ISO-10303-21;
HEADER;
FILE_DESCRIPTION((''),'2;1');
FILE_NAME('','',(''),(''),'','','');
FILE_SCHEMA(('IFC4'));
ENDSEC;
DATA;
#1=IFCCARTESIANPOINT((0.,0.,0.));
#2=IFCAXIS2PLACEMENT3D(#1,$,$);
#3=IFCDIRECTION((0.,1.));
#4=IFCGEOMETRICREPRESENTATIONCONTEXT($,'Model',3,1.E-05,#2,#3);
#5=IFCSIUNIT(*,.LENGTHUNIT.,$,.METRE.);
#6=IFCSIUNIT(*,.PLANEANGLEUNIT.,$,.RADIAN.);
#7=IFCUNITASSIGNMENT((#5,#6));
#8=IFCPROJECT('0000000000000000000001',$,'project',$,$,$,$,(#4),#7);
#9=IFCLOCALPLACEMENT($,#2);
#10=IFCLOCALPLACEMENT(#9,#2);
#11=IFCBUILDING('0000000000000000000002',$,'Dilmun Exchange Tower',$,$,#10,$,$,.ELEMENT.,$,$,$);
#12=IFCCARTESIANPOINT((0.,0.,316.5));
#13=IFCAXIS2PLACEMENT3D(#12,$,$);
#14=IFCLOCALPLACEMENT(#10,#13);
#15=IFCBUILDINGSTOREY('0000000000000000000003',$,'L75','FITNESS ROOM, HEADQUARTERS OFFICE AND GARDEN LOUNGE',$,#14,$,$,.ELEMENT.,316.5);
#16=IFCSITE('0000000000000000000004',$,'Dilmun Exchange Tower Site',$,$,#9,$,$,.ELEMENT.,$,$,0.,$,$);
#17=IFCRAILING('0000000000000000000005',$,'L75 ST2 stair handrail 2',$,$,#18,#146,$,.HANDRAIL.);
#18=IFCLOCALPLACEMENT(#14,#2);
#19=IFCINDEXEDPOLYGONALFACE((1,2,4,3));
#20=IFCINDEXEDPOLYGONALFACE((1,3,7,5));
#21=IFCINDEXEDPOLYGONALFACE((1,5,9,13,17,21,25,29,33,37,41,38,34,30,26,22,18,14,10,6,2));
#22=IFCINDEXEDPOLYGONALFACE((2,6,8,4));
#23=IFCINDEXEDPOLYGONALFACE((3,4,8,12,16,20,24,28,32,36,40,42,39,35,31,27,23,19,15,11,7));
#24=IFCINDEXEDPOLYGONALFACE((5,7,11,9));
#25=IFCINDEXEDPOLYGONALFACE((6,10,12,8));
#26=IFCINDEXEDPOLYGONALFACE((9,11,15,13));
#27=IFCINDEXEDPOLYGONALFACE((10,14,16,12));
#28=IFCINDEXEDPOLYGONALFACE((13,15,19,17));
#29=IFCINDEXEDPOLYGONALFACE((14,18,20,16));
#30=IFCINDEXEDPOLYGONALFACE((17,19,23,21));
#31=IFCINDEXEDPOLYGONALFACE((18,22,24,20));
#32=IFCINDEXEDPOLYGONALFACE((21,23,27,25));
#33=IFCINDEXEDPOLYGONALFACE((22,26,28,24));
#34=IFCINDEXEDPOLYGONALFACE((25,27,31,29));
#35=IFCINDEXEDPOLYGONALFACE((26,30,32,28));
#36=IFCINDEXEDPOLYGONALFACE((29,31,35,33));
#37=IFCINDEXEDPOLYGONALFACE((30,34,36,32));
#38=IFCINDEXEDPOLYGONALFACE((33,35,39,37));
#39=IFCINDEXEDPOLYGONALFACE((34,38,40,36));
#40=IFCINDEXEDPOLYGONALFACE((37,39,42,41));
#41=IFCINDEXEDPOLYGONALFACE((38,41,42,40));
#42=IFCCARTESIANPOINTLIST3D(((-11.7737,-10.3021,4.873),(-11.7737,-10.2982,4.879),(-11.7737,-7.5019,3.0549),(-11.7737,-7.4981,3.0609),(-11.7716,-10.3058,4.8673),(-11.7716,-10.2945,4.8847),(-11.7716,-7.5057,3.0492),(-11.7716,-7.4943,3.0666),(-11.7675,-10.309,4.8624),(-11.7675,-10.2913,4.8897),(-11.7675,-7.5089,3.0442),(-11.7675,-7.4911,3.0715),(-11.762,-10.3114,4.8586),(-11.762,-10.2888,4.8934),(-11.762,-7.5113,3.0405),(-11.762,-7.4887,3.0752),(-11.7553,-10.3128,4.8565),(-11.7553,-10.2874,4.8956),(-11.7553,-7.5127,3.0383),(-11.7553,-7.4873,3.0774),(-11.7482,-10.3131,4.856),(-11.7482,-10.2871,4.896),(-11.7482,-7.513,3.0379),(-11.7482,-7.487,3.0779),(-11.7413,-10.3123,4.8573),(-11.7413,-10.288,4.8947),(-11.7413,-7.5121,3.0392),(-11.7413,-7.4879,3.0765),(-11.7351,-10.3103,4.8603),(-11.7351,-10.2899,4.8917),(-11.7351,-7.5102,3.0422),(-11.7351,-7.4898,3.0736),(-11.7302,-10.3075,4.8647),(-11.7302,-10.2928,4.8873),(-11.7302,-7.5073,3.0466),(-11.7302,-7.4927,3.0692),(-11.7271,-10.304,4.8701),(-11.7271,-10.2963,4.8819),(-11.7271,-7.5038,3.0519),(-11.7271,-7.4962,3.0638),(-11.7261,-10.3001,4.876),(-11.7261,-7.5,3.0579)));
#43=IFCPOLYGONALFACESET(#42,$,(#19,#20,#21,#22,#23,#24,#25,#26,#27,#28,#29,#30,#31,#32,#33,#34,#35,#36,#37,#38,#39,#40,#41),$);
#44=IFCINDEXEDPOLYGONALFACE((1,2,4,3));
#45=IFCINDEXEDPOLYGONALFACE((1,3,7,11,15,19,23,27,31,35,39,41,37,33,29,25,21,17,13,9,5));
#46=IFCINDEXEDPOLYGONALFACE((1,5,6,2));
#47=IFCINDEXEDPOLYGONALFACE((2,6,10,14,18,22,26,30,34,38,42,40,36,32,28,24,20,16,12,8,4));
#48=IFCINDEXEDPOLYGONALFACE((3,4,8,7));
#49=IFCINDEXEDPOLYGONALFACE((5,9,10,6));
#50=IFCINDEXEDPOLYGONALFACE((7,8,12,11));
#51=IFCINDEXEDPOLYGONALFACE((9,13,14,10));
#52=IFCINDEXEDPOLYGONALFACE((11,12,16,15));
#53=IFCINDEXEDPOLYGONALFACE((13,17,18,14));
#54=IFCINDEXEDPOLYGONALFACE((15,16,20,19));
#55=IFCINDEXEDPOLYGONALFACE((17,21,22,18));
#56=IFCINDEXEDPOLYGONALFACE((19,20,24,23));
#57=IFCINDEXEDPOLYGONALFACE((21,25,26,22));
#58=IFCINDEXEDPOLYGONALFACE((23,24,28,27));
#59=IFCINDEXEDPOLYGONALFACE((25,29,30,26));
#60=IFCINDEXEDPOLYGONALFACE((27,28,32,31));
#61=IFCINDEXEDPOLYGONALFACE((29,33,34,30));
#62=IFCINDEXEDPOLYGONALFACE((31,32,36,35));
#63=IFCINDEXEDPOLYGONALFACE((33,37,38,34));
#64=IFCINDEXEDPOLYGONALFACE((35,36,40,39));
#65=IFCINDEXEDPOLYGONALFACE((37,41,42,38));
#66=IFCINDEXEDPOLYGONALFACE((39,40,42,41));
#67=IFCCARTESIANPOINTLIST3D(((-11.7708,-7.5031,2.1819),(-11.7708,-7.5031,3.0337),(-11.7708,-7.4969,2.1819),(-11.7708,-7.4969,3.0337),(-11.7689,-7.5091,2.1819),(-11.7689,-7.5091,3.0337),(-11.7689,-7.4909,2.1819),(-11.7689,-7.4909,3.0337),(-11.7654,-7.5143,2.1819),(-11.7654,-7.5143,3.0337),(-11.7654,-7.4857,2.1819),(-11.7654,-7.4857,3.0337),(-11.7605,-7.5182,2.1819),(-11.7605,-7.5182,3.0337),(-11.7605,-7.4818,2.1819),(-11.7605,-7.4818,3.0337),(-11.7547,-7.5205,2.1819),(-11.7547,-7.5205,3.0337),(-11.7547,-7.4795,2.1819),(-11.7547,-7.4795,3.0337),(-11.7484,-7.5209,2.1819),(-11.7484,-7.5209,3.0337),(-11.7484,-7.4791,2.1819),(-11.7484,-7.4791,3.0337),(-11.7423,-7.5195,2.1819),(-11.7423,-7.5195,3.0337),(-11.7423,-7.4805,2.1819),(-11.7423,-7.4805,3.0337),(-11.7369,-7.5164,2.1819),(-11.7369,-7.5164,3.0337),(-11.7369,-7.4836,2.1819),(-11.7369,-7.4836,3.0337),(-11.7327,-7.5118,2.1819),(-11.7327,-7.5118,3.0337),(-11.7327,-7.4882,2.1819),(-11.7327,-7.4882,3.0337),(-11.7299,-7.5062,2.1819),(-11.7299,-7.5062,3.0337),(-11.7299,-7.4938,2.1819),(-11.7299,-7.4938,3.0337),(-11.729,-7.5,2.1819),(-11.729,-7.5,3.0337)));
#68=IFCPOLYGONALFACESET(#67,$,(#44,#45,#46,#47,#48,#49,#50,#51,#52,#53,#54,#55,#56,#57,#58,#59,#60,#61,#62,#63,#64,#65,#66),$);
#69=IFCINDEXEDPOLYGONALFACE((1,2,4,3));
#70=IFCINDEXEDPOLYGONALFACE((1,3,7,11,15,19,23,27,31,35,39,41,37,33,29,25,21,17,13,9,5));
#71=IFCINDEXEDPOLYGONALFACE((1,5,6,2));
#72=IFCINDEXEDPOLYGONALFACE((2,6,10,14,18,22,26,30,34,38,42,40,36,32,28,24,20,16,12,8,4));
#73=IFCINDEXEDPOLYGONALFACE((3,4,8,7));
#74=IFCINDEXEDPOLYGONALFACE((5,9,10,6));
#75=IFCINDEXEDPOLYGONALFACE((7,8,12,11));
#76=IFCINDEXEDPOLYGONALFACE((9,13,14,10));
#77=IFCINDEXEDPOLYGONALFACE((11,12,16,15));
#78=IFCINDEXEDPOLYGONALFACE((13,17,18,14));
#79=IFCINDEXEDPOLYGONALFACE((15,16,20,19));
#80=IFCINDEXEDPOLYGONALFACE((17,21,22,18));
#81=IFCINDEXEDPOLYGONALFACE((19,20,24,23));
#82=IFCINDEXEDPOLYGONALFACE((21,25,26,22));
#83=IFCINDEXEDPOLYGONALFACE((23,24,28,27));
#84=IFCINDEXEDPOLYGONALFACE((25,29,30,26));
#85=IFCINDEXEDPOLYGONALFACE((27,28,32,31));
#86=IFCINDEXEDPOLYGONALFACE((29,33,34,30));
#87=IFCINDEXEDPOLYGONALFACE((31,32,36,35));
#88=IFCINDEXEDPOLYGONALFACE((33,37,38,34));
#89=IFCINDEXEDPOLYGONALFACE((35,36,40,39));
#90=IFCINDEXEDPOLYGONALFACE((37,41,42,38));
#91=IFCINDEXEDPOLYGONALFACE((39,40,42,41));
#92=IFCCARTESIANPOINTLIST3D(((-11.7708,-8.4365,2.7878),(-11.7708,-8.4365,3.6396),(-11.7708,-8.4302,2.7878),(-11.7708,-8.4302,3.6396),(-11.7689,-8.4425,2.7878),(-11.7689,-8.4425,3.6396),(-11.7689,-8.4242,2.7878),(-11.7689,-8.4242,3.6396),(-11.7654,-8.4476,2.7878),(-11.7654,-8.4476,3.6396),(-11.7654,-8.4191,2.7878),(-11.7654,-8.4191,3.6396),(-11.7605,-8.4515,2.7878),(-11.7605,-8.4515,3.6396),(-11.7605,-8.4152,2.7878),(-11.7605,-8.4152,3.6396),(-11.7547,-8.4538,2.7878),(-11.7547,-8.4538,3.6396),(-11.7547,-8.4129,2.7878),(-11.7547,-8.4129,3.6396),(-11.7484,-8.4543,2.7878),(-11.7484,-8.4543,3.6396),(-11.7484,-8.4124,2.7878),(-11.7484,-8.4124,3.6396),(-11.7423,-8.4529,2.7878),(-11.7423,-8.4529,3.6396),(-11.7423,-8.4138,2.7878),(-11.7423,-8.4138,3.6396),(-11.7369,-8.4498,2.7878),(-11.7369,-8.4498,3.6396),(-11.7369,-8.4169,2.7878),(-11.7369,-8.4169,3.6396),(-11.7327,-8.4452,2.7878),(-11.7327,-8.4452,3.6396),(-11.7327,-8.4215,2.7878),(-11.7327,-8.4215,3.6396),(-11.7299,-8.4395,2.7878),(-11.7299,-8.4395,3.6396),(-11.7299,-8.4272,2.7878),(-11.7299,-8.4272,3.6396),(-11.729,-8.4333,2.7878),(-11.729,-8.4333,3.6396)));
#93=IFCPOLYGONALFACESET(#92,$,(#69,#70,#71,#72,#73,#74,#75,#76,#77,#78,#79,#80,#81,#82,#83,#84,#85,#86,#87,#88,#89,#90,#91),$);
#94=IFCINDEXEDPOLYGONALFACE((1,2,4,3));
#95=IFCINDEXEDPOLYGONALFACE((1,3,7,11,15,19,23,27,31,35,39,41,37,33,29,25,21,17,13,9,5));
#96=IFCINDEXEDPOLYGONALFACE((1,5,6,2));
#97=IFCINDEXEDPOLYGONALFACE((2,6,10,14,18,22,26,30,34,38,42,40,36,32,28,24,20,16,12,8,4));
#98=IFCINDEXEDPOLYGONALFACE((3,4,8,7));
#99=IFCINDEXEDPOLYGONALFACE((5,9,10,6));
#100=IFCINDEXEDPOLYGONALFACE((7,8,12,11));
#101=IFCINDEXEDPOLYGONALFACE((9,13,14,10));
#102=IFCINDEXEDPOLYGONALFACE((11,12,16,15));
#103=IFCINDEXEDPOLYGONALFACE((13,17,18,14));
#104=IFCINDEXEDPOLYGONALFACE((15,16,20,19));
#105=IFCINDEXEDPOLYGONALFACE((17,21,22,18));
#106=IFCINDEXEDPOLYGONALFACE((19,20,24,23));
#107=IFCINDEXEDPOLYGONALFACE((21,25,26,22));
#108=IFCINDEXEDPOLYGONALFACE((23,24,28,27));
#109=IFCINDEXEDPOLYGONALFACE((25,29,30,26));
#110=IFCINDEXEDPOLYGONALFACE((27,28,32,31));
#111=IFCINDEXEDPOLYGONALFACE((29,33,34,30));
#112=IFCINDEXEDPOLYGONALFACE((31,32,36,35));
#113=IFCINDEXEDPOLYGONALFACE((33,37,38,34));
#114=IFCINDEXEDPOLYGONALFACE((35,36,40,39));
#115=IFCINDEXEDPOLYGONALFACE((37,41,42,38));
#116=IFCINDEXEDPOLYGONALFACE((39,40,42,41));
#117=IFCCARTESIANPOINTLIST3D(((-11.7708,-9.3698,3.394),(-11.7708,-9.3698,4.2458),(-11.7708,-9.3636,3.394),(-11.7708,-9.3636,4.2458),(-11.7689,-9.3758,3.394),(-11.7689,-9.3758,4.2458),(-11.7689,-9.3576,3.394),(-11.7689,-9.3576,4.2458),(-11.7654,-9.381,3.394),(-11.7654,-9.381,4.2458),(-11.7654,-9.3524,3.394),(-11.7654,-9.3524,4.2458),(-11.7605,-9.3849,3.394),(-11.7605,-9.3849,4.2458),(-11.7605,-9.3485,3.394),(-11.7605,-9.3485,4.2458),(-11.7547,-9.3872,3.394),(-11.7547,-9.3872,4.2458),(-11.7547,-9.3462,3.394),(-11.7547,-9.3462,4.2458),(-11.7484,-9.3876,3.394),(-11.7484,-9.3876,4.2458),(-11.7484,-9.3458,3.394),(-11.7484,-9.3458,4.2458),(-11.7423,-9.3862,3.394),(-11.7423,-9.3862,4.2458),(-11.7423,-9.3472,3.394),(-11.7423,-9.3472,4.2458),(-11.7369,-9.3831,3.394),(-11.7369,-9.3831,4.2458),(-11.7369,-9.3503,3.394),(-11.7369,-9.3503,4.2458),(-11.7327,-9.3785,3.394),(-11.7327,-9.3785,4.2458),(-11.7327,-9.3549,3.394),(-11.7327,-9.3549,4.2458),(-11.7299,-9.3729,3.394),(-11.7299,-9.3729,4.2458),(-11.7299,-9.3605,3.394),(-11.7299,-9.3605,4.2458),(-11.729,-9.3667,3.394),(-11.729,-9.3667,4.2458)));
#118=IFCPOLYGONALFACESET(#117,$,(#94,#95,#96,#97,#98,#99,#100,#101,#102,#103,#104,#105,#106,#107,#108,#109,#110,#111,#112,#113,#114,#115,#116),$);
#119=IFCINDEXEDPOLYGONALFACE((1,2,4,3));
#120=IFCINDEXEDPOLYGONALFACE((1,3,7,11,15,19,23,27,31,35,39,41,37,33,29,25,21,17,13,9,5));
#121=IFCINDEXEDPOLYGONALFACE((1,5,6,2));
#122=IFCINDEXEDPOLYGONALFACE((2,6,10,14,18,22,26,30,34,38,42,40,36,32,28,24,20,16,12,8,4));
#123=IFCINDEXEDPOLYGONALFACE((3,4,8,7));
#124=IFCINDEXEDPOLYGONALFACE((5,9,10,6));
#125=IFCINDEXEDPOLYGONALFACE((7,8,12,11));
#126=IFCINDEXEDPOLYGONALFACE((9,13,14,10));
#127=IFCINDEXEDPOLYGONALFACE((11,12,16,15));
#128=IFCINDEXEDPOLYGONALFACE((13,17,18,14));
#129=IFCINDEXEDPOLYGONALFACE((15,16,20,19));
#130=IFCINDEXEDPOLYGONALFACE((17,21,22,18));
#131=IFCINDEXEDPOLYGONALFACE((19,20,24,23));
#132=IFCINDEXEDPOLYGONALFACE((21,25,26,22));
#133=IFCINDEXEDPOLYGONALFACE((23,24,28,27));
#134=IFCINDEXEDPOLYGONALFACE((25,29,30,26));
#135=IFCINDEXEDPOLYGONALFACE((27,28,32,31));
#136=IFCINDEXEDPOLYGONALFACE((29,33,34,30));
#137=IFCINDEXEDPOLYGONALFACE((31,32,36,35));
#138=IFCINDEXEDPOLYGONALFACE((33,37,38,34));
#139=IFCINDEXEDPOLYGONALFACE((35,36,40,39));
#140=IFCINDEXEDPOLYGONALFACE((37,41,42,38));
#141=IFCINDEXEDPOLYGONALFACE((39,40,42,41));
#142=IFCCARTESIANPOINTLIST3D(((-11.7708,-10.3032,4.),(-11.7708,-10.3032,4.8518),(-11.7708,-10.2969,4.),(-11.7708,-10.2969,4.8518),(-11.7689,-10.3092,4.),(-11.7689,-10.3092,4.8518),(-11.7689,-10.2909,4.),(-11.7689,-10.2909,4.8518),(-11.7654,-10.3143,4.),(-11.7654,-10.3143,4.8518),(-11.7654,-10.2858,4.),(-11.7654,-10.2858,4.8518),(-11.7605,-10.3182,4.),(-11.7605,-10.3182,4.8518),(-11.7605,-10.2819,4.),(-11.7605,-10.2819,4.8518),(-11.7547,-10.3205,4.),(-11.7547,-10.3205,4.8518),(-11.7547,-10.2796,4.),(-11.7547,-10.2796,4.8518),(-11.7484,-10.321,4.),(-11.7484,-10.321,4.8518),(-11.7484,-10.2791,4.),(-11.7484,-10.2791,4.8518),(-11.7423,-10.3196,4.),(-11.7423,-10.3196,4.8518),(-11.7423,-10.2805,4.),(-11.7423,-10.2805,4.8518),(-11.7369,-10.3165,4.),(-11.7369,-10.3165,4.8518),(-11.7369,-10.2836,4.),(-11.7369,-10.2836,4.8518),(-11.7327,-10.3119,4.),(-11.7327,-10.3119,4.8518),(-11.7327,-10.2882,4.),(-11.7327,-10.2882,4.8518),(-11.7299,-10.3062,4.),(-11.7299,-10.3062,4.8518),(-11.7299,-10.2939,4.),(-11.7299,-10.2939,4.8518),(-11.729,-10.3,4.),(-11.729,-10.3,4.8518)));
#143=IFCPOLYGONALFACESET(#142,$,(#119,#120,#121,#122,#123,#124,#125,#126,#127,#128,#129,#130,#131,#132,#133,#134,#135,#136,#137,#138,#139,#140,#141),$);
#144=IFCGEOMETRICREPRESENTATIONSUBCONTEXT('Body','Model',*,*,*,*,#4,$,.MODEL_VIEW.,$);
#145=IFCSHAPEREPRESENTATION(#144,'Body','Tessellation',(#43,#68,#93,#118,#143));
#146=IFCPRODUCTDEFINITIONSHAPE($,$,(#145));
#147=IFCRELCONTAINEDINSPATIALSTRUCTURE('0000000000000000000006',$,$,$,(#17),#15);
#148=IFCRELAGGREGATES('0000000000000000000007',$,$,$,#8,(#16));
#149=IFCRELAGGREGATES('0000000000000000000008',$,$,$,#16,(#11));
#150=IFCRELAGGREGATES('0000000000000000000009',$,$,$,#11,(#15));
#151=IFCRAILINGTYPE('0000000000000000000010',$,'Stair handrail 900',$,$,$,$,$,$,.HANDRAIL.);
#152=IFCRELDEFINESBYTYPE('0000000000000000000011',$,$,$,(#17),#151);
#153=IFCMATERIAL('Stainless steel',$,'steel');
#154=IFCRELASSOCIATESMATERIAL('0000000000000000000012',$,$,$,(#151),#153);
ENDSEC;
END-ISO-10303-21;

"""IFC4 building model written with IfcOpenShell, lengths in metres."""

from ifc_helpers import new_model, si_unit, direction, frame, origin, origin_2d, place, context, subcontext, project, spatial, circle, extrude, material, type_object, element, save


model = new_model("IFC4")

# Units and contexts
model_context = context("Model", 3, precision=1e-05, world=origin(), true_north=direction((0.0, 1.0)))
body_context = subcontext(model_context, "Body", "Model", "MODEL_VIEW")
ifc_project = project(units=[si_unit("LENGTHUNIT", "METRE"), si_unit("PLANEANGLEUNIT", "RADIAN")], contexts=[model_context])

# Site, building, storey
site_placement = place(None, origin())
site = spatial("IfcSite", under=ifc_project, at=site_placement, Name="Dilmun Exchange Tower Site", CompositionType="ELEMENT", RefElevation=0.0)
building_placement = place(site_placement, origin())
building = spatial("IfcBuilding", under=site, at=building_placement, Name="Dilmun Exchange Tower", CompositionType="ELEMENT")
storey_placement = place(building_placement, frame((0.0, 0.0, 316.5)))
storey = spatial("IfcBuildingStorey", under=building, at=storey_placement, Name="L75", Description="FITNESS ROOM, HEADQUARTERS OFFICE AND GARDEN LOUNGE", CompositionType="ELEMENT", Elevation=316.5)

# Railing
ifc_material_1 = material(Name="Stainless steel", Category="steel")
railing_type = type_object("IfcRailingType", Name="Stair handrail 900", PredefinedType="HANDRAIL", material=ifc_material_1)
railing_placement = place(storey_placement, frame((-11.75, -7.5, 2.1819)))
element("IfcRailing", 1, at=railing_placement, inside=storey, type_object=railing_type, Name="L75 ST2 stair handrail 2", PredefinedType="HANDRAIL", context=body_context, shape_type="SweptSolid", body=[
    extrude(circle(Radius=0.0239, at=origin_2d()), frame((0.0, 0.0, 0.876), z_axis=(0.0, -0.838706, 0.544585), x_axis=(1.0, 0.0, 0.0)), (0.0, 0.0, 1.0), 3.3386),
    extrude(circle(Radius=0.021, at=origin_2d()), origin(), (0.0, 0.0, 1.0), 0.8518),
    extrude(circle(Radius=0.021, at=origin_2d()), frame((0.0, -0.9333, 0.606)), (0.0, 0.0, 1.0), 0.8518),
    extrude(circle(Radius=0.021, at=origin_2d()), frame((0.0, -1.8667, 1.2122)), (0.0, 0.0, 1.0), 0.8518),
    extrude(circle(Radius=0.021, at=origin_2d()), frame((0.0, -2.8, 1.8181)), (0.0, 0.0, 1.0), 0.8518),
])

save(model, "model.ifc")
